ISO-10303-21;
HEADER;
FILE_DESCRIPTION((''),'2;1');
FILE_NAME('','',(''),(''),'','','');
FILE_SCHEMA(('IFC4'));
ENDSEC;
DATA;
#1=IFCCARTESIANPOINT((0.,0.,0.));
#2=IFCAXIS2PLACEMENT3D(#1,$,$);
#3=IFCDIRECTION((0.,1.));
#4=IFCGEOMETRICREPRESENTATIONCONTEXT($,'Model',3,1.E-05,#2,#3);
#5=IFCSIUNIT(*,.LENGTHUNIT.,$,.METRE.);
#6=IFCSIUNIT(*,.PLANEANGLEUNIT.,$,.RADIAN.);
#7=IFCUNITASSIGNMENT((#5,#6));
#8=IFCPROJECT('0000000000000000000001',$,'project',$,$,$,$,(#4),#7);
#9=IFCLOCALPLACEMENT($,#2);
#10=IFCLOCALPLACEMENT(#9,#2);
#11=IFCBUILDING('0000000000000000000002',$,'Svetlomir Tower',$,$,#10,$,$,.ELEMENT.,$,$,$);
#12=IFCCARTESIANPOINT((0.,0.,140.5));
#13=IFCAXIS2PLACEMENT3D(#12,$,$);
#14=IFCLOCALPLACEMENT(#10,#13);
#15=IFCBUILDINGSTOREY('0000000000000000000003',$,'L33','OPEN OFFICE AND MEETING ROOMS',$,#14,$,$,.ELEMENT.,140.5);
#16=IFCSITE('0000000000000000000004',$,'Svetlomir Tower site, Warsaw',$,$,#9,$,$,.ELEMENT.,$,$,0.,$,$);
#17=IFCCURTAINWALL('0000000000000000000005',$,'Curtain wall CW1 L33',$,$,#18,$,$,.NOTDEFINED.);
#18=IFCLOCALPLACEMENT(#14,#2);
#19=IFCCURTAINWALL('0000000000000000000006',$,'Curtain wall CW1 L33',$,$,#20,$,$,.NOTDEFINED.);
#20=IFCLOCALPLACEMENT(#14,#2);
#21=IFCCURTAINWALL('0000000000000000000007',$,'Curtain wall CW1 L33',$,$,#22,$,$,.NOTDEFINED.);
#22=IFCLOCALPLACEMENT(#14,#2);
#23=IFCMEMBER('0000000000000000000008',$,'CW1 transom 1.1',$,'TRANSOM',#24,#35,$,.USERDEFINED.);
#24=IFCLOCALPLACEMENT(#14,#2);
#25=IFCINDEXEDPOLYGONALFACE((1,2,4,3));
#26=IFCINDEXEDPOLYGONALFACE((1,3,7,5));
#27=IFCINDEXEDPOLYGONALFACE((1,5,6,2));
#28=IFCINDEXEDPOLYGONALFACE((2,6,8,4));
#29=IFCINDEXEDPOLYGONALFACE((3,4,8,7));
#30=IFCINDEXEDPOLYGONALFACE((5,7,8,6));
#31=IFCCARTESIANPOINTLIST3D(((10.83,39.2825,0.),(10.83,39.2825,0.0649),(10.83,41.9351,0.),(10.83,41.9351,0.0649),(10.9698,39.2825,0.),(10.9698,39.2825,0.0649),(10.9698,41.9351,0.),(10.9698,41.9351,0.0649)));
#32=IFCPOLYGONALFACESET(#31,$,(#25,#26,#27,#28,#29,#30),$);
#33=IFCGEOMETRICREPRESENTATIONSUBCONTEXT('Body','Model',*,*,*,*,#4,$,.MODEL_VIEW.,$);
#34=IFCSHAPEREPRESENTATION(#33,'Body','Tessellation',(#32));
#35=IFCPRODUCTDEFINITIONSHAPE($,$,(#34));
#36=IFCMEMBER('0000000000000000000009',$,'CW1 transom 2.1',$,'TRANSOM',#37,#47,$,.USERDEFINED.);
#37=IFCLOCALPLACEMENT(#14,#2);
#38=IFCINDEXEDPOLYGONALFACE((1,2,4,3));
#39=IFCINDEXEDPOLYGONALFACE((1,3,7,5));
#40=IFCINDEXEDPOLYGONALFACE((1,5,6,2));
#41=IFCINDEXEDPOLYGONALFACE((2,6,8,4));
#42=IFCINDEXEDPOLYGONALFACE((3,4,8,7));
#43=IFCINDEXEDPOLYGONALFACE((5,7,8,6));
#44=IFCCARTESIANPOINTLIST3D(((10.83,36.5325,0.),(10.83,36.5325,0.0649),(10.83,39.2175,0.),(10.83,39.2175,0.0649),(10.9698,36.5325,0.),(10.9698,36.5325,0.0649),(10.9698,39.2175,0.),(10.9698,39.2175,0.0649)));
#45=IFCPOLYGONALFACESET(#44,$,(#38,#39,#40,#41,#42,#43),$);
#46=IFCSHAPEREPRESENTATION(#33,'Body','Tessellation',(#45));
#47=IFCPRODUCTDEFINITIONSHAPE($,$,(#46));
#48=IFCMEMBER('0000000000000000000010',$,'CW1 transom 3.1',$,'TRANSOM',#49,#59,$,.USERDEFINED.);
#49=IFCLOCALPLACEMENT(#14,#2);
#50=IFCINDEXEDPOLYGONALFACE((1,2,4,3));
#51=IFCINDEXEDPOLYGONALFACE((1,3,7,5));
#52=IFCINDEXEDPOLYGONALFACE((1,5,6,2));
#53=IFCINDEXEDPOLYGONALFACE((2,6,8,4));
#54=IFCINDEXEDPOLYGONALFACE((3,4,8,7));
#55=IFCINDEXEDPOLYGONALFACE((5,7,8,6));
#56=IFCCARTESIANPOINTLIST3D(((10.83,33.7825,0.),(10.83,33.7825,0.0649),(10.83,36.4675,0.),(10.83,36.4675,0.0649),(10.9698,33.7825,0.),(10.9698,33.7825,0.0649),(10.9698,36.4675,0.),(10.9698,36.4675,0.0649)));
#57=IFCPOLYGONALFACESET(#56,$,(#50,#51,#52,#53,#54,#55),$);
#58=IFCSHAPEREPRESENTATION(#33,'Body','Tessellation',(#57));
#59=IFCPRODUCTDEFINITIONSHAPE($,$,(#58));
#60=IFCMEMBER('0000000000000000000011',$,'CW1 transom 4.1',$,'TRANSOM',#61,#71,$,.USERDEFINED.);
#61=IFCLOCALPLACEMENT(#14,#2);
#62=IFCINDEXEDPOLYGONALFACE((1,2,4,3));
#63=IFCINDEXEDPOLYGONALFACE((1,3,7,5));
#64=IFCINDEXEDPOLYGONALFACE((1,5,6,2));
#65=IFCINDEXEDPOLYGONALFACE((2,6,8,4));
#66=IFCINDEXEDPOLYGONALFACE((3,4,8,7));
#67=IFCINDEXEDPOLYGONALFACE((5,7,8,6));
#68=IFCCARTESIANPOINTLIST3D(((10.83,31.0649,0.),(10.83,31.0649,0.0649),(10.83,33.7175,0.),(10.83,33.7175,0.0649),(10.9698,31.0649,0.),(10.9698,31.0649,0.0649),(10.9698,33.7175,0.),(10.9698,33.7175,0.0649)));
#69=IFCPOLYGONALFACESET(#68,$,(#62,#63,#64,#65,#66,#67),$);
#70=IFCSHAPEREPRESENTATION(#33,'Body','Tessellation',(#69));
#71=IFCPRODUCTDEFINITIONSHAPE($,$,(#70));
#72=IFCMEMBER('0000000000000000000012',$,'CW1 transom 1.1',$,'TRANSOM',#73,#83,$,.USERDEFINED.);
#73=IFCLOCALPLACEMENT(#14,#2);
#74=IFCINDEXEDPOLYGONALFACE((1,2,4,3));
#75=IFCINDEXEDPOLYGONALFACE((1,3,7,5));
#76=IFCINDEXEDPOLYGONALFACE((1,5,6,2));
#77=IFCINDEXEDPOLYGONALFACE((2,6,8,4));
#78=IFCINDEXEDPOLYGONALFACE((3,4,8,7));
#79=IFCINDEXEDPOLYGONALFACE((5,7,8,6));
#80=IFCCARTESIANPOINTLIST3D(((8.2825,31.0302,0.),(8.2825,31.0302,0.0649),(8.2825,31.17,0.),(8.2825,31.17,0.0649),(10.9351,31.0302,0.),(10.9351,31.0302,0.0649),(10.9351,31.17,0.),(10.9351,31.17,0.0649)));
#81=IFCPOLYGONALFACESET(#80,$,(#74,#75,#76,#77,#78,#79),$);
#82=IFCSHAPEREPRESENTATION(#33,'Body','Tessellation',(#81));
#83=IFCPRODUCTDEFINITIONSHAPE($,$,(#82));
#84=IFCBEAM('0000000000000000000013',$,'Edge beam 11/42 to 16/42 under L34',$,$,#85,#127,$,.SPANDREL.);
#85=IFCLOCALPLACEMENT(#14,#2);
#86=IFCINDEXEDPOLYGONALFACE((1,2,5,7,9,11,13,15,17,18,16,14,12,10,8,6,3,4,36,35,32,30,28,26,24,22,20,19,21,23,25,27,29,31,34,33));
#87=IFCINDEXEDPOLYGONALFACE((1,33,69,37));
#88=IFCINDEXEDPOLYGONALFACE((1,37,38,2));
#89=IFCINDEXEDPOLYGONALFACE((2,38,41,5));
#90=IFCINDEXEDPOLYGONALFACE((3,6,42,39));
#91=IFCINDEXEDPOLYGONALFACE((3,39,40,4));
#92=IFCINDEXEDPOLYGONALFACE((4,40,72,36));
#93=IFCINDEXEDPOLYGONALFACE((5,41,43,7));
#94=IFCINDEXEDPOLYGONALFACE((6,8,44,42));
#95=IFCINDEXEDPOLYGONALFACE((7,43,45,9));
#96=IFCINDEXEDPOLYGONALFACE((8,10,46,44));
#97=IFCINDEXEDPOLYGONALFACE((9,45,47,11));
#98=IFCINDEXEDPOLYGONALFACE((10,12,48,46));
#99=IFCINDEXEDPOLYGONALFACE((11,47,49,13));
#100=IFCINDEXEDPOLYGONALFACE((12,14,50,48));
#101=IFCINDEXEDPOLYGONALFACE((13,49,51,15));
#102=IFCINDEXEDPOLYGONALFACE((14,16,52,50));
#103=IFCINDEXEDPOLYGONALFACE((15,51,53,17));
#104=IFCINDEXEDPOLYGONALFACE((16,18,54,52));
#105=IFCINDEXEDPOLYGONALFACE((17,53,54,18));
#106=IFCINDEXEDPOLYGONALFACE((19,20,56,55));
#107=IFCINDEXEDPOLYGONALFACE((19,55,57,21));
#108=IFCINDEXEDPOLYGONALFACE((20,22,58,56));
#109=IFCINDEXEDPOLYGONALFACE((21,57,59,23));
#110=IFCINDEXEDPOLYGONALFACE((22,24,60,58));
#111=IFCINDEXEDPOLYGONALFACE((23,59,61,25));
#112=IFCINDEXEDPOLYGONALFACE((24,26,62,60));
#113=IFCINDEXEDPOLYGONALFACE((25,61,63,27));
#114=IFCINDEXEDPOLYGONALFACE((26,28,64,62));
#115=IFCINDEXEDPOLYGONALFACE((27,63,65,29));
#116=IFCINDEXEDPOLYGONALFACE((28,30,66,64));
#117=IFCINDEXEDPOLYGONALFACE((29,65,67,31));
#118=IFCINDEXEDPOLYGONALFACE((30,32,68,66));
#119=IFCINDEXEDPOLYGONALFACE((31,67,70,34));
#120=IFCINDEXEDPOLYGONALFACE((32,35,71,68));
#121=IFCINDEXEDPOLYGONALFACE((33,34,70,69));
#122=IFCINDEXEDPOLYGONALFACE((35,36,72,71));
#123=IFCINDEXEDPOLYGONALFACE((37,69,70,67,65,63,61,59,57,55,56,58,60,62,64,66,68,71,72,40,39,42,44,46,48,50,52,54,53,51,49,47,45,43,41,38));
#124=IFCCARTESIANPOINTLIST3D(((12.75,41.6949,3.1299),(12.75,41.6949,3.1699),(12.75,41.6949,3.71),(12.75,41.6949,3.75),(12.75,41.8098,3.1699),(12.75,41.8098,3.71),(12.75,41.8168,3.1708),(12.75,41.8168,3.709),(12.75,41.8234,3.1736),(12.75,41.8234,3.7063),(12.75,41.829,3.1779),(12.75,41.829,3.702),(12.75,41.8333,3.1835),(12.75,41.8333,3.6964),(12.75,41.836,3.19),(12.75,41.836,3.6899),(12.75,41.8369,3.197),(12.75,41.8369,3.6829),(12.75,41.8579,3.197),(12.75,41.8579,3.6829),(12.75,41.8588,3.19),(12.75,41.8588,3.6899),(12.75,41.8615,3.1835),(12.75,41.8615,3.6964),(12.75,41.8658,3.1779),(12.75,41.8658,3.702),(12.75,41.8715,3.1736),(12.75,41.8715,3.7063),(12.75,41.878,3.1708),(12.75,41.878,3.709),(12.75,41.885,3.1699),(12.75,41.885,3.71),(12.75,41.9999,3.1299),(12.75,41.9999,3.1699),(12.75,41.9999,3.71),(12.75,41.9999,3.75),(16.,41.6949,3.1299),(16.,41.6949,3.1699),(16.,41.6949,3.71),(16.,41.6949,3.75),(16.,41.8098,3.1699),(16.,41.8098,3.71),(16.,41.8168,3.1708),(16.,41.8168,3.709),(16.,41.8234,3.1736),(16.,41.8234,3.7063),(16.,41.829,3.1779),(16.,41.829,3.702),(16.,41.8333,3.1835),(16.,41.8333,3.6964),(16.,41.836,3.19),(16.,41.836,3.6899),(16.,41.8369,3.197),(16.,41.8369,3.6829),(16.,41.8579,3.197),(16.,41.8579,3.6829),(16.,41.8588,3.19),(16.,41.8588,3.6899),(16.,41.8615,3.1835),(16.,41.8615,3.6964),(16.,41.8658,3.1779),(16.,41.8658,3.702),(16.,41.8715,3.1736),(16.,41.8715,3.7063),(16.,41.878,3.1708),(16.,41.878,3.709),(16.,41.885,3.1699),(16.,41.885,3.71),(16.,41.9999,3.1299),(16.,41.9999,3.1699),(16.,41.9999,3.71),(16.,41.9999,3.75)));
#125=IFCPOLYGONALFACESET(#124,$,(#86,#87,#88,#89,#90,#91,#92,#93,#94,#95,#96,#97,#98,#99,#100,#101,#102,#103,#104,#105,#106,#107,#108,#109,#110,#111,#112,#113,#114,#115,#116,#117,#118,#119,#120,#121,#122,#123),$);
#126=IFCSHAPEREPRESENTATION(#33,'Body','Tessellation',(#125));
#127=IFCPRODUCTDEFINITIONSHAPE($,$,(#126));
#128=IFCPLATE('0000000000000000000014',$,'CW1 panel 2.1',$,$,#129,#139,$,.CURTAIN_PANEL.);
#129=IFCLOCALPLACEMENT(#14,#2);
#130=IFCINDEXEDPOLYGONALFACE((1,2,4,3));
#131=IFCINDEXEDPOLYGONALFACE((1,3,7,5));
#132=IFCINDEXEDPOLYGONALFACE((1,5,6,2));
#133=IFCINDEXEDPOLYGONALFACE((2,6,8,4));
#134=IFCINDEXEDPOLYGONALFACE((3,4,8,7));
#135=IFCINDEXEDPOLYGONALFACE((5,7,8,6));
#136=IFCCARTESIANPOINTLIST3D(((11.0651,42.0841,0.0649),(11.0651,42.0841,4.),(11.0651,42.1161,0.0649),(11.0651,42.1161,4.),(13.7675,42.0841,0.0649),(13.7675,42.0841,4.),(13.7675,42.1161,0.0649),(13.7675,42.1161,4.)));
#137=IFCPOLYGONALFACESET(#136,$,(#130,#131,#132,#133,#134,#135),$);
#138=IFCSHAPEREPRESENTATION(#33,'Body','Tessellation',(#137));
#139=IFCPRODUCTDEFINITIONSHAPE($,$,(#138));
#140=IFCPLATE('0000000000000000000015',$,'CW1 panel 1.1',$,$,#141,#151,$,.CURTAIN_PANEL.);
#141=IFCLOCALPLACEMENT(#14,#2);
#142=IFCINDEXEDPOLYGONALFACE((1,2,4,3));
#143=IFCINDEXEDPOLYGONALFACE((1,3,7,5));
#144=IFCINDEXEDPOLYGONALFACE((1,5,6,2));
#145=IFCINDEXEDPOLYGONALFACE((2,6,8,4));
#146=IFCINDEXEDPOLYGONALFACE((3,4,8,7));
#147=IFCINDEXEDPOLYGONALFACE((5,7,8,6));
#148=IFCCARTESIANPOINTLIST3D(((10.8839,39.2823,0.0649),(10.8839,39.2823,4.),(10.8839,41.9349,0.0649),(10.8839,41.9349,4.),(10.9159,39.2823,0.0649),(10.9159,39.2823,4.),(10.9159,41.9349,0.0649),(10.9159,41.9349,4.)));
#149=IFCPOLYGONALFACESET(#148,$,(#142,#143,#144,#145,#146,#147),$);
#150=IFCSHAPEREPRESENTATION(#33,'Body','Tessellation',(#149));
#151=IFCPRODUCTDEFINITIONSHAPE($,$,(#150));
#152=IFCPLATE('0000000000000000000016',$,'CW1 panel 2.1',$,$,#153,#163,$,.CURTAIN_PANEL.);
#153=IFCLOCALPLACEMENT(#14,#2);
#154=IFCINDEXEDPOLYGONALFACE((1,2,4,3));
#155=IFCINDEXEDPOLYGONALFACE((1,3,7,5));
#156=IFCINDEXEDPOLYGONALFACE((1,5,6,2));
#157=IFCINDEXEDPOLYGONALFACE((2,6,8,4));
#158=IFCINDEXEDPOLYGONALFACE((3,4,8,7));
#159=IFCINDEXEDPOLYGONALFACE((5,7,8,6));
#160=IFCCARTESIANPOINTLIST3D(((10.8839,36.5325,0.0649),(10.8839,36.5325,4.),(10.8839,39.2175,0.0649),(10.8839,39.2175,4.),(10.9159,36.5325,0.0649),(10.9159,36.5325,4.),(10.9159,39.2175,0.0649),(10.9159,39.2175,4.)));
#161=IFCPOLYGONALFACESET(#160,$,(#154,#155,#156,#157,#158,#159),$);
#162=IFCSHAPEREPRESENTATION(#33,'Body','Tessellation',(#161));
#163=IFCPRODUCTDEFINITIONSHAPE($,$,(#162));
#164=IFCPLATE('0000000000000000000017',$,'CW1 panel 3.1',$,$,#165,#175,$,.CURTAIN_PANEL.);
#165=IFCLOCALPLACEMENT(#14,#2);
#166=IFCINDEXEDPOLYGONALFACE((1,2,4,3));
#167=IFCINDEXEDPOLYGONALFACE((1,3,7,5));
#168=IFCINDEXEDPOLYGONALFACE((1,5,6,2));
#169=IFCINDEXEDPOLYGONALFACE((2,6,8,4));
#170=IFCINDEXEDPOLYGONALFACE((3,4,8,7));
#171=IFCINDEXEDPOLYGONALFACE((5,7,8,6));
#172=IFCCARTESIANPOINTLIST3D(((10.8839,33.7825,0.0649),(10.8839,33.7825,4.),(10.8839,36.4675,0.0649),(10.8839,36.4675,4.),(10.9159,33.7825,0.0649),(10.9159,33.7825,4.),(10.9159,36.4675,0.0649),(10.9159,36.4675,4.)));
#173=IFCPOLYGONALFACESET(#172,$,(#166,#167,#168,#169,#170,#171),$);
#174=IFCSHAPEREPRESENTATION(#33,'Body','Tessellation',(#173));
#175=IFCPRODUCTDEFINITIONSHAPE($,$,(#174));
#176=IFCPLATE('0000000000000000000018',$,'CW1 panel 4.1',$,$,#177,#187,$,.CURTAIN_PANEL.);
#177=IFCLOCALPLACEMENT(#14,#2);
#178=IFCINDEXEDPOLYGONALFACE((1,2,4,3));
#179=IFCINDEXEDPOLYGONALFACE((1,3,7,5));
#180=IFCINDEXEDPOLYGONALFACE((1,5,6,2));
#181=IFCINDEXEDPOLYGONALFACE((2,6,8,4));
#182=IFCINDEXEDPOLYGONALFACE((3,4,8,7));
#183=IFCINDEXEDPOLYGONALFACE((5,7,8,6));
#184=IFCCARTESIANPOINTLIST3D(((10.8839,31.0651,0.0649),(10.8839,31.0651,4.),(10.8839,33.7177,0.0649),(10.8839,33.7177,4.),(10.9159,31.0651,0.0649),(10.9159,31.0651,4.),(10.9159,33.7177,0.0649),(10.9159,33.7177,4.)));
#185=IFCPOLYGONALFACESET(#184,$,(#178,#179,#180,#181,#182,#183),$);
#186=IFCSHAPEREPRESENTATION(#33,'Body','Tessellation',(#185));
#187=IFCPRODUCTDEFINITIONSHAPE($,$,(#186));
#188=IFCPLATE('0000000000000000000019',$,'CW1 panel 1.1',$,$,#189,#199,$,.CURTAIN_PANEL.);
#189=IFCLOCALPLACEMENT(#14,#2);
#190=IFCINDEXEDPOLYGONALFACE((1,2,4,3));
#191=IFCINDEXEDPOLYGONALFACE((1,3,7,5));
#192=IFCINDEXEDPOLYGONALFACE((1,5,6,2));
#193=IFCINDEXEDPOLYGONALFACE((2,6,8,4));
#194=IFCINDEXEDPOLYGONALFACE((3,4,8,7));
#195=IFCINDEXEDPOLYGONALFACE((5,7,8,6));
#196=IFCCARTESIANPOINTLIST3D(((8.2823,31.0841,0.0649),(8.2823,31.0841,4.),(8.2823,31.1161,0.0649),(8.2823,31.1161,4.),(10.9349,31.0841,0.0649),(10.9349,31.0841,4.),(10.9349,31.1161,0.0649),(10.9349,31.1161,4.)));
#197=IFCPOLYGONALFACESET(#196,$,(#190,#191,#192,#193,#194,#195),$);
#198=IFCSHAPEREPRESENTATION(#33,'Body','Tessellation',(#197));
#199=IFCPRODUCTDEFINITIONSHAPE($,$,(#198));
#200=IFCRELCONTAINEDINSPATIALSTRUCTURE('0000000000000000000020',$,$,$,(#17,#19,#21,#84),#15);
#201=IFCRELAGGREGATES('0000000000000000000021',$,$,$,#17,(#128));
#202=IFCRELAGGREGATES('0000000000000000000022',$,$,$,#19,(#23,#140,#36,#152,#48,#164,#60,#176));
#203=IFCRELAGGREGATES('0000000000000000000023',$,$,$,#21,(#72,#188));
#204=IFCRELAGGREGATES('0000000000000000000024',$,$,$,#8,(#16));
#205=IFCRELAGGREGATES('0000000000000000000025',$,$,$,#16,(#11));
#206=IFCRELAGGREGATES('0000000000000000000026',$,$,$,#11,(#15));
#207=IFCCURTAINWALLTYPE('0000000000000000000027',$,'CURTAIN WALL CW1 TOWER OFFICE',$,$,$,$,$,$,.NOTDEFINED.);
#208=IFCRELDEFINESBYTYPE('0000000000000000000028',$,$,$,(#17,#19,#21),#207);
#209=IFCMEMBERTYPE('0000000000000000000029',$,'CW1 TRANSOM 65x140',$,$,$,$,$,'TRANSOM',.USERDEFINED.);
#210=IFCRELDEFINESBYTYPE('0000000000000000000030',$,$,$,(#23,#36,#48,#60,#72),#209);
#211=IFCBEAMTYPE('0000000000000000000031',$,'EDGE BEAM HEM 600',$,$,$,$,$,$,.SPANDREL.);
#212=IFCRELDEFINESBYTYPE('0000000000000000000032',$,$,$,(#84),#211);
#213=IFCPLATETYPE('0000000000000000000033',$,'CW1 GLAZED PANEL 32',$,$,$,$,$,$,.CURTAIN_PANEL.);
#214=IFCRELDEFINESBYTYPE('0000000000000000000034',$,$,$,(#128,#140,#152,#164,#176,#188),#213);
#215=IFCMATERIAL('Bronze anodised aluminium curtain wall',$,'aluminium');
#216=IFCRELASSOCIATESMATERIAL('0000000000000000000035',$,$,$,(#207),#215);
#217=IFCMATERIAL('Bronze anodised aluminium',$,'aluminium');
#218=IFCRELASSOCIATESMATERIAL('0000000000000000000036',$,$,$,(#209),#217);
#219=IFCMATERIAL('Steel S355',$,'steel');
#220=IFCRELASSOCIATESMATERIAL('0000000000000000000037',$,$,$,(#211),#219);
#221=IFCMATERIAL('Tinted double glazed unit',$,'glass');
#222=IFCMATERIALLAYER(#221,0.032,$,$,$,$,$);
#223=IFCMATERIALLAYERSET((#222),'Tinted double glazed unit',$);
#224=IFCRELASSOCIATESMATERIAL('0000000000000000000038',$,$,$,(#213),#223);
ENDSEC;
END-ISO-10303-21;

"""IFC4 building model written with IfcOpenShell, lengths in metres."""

from ifc_helpers import new_model, si_unit, direction, frame, origin, origin_2d, place, context, subcontext, project, spatial, rectangle, i_section, extrude, material, layer, layer_set, material_profile, profile_set, type_object, element, aggregate, save


model = new_model("IFC4")

# Units and contexts
model_context = context("Model", 3, precision=1e-05, world=origin(), true_north=direction((0.0, 1.0)))
body_context = subcontext(model_context, "Body", "Model", "MODEL_VIEW")
ifc_project = project(units=[si_unit("LENGTHUNIT", "METRE"), si_unit("PLANEANGLEUNIT", "RADIAN")], contexts=[model_context])

# Site, building, storey
site_placement = place(None, origin())
site = spatial("IfcSite", under=ifc_project, at=site_placement, Name="Svetlomir Tower site, Warsaw", CompositionType="ELEMENT", RefElevation=0.0)
building_placement = place(site_placement, origin())
building = spatial("IfcBuilding", under=site, at=building_placement, Name="Svetlomir Tower", CompositionType="ELEMENT")
storey_placement = place(building_placement, frame((0.0, 0.0, 140.5)))
storey = spatial("IfcBuildingStorey", under=building, at=storey_placement, Name="L33", Description="OPEN OFFICE AND MEETING ROOMS", CompositionType="ELEMENT", Elevation=140.5)

# Curtain wall
ifc_material_1 = material(Name="Bronze anodised aluminium curtain wall", Category="aluminium")
curtain_wall_type = type_object("IfcCurtainWallType", Name="CURTAIN WALL CW1 TOWER OFFICE", PredefinedType="NOTDEFINED", material=ifc_material_1)
curtain_wall_1_placement = place(storey_placement, origin())
curtain_wall_1 = element("IfcCurtainWall", 1, at=curtain_wall_1_placement, inside=storey, type_object=curtain_wall_type, Name="Curtain wall CW1 L33", PredefinedType="NOTDEFINED")

# Curtain walls
curtain_wall_2_placement = place(storey_placement, origin())
curtain_wall_2 = element("IfcCurtainWall", 2, at=curtain_wall_2_placement, inside=storey, type_object=curtain_wall_type, Name="Curtain wall CW1 L33", PredefinedType="NOTDEFINED")
curtain_wall_3_placement = place(storey_placement, origin())
curtain_wall_3 = element("IfcCurtainWall", 3, at=curtain_wall_3_placement, inside=storey, type_object=curtain_wall_type, Name="Curtain wall CW1 L33", PredefinedType="NOTDEFINED")

# Members
ifc_material_2 = material(Name="Bronze anodised aluminium", Category="aluminium")
ifc_material_profile_1 = material_profile(ifc_material_2, rectangle(XDim=0.1399, YDim=0.0649, at=origin_2d()), Name="AL 140x65")
ifc_profile_set_1 = profile_set([ifc_material_profile_1], Name="Bronze anodised aluminium 6063-T6")
member_type_1 = type_object("IfcMemberType", Name="CW1 TRANSOM 65x140", ElementType="TRANSOM", PredefinedType="USERDEFINED", material=ifc_profile_set_1)
member_1_placement = place(storey_placement, frame((10.8999, 41.9351, 0.0325), z_axis=(0.0, -1.0, 0.0), x_axis=(1.0, 0.0, 0.0)))
member_1 = element("IfcMember", 4, at=member_1_placement, type_object=member_type_1, Name="CW1 transom 1.1", ObjectType="TRANSOM", PredefinedType="USERDEFINED", context=body_context, shape_type="SweptSolid", body=[
    extrude(rectangle(XDim=0.1399, YDim=0.0649, at=origin_2d()), origin(), (0.0, 0.0, 1.0), 2.6526),
])
member_2_placement = place(storey_placement, frame((10.8999, 39.2175, 0.0325), z_axis=(0.0, -1.0, 0.0), x_axis=(1.0, 0.0, 0.0)))
member_2 = element("IfcMember", 5, at=member_2_placement, type_object=member_type_1, Name="CW1 transom 2.1", ObjectType="TRANSOM", PredefinedType="USERDEFINED", context=body_context, shape_type="SweptSolid", body=[
    extrude(rectangle(XDim=0.1399, YDim=0.0649, at=origin_2d()), origin(), (0.0, 0.0, 1.0), 2.6851),
])
member_3_placement = place(storey_placement, frame((10.8999, 36.4675, 0.0325), z_axis=(0.0, -1.0, 0.0), x_axis=(1.0, 0.0, 0.0)))
member_3 = element("IfcMember", 6, at=member_3_placement, type_object=member_type_1, Name="CW1 transom 3.1", ObjectType="TRANSOM", PredefinedType="USERDEFINED", context=body_context, shape_type="SweptSolid", body=[
    extrude(rectangle(XDim=0.1399, YDim=0.0649, at=origin_2d()), origin(), (0.0, 0.0, 1.0), 2.6851),
])
member_4_placement = place(storey_placement, frame((10.8999, 33.7175, 0.0325), z_axis=(0.0, -1.0, 0.0), x_axis=(1.0, 0.0, 0.0)))
member_4 = element("IfcMember", 7, at=member_4_placement, type_object=member_type_1, Name="CW1 transom 4.1", ObjectType="TRANSOM", PredefinedType="USERDEFINED", context=body_context, shape_type="SweptSolid", body=[
    extrude(rectangle(XDim=0.1399, YDim=0.0649, at=origin_2d()), origin(), (0.0, 0.0, 1.0), 2.6526),
])
member_5_placement = place(storey_placement, frame((10.9351, 31.1001, 0.0325), z_axis=(-1.0, 0.0, 0.0), x_axis=(0.0, -1.0, 0.0)))
member_5 = element("IfcMember", 8, at=member_5_placement, type_object=member_type_1, Name="CW1 transom 1.1", ObjectType="TRANSOM", PredefinedType="USERDEFINED", context=body_context, shape_type="SweptSolid", body=[
    extrude(rectangle(XDim=0.1399, YDim=0.0649, at=origin_2d()), origin(), (0.0, 0.0, 1.0), 2.6526),
])

# Beam
ifc_material_3 = material(Name="Steel S355", Category="steel")
ifc_material_profile_2 = material_profile(ifc_material_3, i_section(OverallWidth=0.3049, OverallDepth=0.6201, WebThickness=0.021, FlangeThickness=0.04, FilletRadius=0.0271, at=origin_2d()), Name="HEM 600")
ifc_profile_set_2 = profile_set([ifc_material_profile_2], Name="Steel S355")
beam_type = type_object("IfcBeamType", Name="EDGE BEAM HEM 600", PredefinedType="SPANDREL", material=ifc_profile_set_2)
beam_placement = place(storey_placement, frame((12.75, 41.8474, 3.4399), z_axis=(1.0, 0.0, 0.0), x_axis=(0.0, 1.0, 0.0)))
element("IfcBeam", 9, at=beam_placement, inside=storey, type_object=beam_type, Name="Edge beam 11/42 to 16/42 under L34", PredefinedType="SPANDREL", context=body_context, shape_type="SweptSolid", body=[
    extrude(i_section(OverallWidth=0.3049, OverallDepth=0.6201, WebThickness=0.021, FlangeThickness=0.04, FilletRadius=0.0271, at=origin_2d()), origin(), (0.0, 0.0, 1.0), 3.25),
])

# Plates
ifc_material_4 = material(Name="Tinted double glazed unit", Category="glass")
ifc_layer_1 = layer(ifc_material_4, 0.032)
ifc_layer_set_1 = layer_set([ifc_layer_1], Name="Tinted double glazed unit")
plate_type = type_object("IfcPlateType", Name="CW1 GLAZED PANEL 32", PredefinedType="CURTAIN_PANEL", material=ifc_layer_set_1)
plate_1_placement = place(storey_placement, frame((12.4163, 42.1001, 0.0649), z_axis=(0.0, 0.0, 1.0), x_axis=(-1.0, 0.0, 0.0)))
plate_1 = element("IfcPlate", 10, at=plate_1_placement, type_object=plate_type, Name="CW1 panel 2.1", PredefinedType="CURTAIN_PANEL", context=body_context, shape_type="SweptSolid", body=[
    extrude(rectangle(XDim=2.7024, YDim=0.032, at=origin_2d()), origin(), (0.0, 0.0, 1.0), 3.9351),
])
aggregate(curtain_wall_1, [plate_1])
plate_2_placement = place(storey_placement, frame((10.8999, 40.6086, 0.0649), z_axis=(0.0, 0.0, 1.0), x_axis=(0.0, -1.0, 0.0)))
plate_2 = element("IfcPlate", 11, at=plate_2_placement, type_object=plate_type, Name="CW1 panel 1.1", PredefinedType="CURTAIN_PANEL", context=body_context, shape_type="SweptSolid", body=[
    extrude(rectangle(XDim=2.6526, YDim=0.032, at=origin_2d()), origin(), (0.0, 0.0, 1.0), 3.9351),
])
plate_3_placement = place(storey_placement, frame((10.8999, 37.875, 0.0649), z_axis=(0.0, 0.0, 1.0), x_axis=(0.0, -1.0, 0.0)))
plate_3 = element("IfcPlate", 12, at=plate_3_placement, type_object=plate_type, Name="CW1 panel 2.1", PredefinedType="CURTAIN_PANEL", context=body_context, shape_type="SweptSolid", body=[
    extrude(rectangle(XDim=2.6851, YDim=0.032, at=origin_2d()), origin(), (0.0, 0.0, 1.0), 3.9351),
])
plate_4_placement = place(storey_placement, frame((10.8999, 35.125, 0.0649), z_axis=(0.0, 0.0, 1.0), x_axis=(0.0, -1.0, 0.0)))
plate_4 = element("IfcPlate", 13, at=plate_4_placement, type_object=plate_type, Name="CW1 panel 3.1", PredefinedType="CURTAIN_PANEL", context=body_context, shape_type="SweptSolid", body=[
    extrude(rectangle(XDim=2.6851, YDim=0.032, at=origin_2d()), origin(), (0.0, 0.0, 1.0), 3.9351),
])
plate_5_placement = place(storey_placement, frame((10.8999, 32.3914, 0.0649), z_axis=(0.0, 0.0, 1.0), x_axis=(0.0, -1.0, 0.0)))
plate_5 = element("IfcPlate", 14, at=plate_5_placement, type_object=plate_type, Name="CW1 panel 4.1", PredefinedType="CURTAIN_PANEL", context=body_context, shape_type="SweptSolid", body=[
    extrude(rectangle(XDim=2.6526, YDim=0.032, at=origin_2d()), origin(), (0.0, 0.0, 1.0), 3.9351),
])
aggregate(curtain_wall_2, [member_1, plate_2, member_2, plate_3, member_3, plate_4, member_4, plate_5])
plate_6_placement = place(storey_placement, frame((9.6086, 31.1001, 0.0649), z_axis=(0.0, 0.0, 1.0), x_axis=(-1.0, 0.0, 0.0)))
plate_6 = element("IfcPlate", 15, at=plate_6_placement, type_object=plate_type, Name="CW1 panel 1.1", PredefinedType="CURTAIN_PANEL", context=body_context, shape_type="SweptSolid", body=[
    extrude(rectangle(XDim=2.6526, YDim=0.032, at=origin_2d()), origin(), (0.0, 0.0, 1.0), 3.9351),
])
aggregate(curtain_wall_3, [member_5, plate_6])

save(model, "model.ifc")
